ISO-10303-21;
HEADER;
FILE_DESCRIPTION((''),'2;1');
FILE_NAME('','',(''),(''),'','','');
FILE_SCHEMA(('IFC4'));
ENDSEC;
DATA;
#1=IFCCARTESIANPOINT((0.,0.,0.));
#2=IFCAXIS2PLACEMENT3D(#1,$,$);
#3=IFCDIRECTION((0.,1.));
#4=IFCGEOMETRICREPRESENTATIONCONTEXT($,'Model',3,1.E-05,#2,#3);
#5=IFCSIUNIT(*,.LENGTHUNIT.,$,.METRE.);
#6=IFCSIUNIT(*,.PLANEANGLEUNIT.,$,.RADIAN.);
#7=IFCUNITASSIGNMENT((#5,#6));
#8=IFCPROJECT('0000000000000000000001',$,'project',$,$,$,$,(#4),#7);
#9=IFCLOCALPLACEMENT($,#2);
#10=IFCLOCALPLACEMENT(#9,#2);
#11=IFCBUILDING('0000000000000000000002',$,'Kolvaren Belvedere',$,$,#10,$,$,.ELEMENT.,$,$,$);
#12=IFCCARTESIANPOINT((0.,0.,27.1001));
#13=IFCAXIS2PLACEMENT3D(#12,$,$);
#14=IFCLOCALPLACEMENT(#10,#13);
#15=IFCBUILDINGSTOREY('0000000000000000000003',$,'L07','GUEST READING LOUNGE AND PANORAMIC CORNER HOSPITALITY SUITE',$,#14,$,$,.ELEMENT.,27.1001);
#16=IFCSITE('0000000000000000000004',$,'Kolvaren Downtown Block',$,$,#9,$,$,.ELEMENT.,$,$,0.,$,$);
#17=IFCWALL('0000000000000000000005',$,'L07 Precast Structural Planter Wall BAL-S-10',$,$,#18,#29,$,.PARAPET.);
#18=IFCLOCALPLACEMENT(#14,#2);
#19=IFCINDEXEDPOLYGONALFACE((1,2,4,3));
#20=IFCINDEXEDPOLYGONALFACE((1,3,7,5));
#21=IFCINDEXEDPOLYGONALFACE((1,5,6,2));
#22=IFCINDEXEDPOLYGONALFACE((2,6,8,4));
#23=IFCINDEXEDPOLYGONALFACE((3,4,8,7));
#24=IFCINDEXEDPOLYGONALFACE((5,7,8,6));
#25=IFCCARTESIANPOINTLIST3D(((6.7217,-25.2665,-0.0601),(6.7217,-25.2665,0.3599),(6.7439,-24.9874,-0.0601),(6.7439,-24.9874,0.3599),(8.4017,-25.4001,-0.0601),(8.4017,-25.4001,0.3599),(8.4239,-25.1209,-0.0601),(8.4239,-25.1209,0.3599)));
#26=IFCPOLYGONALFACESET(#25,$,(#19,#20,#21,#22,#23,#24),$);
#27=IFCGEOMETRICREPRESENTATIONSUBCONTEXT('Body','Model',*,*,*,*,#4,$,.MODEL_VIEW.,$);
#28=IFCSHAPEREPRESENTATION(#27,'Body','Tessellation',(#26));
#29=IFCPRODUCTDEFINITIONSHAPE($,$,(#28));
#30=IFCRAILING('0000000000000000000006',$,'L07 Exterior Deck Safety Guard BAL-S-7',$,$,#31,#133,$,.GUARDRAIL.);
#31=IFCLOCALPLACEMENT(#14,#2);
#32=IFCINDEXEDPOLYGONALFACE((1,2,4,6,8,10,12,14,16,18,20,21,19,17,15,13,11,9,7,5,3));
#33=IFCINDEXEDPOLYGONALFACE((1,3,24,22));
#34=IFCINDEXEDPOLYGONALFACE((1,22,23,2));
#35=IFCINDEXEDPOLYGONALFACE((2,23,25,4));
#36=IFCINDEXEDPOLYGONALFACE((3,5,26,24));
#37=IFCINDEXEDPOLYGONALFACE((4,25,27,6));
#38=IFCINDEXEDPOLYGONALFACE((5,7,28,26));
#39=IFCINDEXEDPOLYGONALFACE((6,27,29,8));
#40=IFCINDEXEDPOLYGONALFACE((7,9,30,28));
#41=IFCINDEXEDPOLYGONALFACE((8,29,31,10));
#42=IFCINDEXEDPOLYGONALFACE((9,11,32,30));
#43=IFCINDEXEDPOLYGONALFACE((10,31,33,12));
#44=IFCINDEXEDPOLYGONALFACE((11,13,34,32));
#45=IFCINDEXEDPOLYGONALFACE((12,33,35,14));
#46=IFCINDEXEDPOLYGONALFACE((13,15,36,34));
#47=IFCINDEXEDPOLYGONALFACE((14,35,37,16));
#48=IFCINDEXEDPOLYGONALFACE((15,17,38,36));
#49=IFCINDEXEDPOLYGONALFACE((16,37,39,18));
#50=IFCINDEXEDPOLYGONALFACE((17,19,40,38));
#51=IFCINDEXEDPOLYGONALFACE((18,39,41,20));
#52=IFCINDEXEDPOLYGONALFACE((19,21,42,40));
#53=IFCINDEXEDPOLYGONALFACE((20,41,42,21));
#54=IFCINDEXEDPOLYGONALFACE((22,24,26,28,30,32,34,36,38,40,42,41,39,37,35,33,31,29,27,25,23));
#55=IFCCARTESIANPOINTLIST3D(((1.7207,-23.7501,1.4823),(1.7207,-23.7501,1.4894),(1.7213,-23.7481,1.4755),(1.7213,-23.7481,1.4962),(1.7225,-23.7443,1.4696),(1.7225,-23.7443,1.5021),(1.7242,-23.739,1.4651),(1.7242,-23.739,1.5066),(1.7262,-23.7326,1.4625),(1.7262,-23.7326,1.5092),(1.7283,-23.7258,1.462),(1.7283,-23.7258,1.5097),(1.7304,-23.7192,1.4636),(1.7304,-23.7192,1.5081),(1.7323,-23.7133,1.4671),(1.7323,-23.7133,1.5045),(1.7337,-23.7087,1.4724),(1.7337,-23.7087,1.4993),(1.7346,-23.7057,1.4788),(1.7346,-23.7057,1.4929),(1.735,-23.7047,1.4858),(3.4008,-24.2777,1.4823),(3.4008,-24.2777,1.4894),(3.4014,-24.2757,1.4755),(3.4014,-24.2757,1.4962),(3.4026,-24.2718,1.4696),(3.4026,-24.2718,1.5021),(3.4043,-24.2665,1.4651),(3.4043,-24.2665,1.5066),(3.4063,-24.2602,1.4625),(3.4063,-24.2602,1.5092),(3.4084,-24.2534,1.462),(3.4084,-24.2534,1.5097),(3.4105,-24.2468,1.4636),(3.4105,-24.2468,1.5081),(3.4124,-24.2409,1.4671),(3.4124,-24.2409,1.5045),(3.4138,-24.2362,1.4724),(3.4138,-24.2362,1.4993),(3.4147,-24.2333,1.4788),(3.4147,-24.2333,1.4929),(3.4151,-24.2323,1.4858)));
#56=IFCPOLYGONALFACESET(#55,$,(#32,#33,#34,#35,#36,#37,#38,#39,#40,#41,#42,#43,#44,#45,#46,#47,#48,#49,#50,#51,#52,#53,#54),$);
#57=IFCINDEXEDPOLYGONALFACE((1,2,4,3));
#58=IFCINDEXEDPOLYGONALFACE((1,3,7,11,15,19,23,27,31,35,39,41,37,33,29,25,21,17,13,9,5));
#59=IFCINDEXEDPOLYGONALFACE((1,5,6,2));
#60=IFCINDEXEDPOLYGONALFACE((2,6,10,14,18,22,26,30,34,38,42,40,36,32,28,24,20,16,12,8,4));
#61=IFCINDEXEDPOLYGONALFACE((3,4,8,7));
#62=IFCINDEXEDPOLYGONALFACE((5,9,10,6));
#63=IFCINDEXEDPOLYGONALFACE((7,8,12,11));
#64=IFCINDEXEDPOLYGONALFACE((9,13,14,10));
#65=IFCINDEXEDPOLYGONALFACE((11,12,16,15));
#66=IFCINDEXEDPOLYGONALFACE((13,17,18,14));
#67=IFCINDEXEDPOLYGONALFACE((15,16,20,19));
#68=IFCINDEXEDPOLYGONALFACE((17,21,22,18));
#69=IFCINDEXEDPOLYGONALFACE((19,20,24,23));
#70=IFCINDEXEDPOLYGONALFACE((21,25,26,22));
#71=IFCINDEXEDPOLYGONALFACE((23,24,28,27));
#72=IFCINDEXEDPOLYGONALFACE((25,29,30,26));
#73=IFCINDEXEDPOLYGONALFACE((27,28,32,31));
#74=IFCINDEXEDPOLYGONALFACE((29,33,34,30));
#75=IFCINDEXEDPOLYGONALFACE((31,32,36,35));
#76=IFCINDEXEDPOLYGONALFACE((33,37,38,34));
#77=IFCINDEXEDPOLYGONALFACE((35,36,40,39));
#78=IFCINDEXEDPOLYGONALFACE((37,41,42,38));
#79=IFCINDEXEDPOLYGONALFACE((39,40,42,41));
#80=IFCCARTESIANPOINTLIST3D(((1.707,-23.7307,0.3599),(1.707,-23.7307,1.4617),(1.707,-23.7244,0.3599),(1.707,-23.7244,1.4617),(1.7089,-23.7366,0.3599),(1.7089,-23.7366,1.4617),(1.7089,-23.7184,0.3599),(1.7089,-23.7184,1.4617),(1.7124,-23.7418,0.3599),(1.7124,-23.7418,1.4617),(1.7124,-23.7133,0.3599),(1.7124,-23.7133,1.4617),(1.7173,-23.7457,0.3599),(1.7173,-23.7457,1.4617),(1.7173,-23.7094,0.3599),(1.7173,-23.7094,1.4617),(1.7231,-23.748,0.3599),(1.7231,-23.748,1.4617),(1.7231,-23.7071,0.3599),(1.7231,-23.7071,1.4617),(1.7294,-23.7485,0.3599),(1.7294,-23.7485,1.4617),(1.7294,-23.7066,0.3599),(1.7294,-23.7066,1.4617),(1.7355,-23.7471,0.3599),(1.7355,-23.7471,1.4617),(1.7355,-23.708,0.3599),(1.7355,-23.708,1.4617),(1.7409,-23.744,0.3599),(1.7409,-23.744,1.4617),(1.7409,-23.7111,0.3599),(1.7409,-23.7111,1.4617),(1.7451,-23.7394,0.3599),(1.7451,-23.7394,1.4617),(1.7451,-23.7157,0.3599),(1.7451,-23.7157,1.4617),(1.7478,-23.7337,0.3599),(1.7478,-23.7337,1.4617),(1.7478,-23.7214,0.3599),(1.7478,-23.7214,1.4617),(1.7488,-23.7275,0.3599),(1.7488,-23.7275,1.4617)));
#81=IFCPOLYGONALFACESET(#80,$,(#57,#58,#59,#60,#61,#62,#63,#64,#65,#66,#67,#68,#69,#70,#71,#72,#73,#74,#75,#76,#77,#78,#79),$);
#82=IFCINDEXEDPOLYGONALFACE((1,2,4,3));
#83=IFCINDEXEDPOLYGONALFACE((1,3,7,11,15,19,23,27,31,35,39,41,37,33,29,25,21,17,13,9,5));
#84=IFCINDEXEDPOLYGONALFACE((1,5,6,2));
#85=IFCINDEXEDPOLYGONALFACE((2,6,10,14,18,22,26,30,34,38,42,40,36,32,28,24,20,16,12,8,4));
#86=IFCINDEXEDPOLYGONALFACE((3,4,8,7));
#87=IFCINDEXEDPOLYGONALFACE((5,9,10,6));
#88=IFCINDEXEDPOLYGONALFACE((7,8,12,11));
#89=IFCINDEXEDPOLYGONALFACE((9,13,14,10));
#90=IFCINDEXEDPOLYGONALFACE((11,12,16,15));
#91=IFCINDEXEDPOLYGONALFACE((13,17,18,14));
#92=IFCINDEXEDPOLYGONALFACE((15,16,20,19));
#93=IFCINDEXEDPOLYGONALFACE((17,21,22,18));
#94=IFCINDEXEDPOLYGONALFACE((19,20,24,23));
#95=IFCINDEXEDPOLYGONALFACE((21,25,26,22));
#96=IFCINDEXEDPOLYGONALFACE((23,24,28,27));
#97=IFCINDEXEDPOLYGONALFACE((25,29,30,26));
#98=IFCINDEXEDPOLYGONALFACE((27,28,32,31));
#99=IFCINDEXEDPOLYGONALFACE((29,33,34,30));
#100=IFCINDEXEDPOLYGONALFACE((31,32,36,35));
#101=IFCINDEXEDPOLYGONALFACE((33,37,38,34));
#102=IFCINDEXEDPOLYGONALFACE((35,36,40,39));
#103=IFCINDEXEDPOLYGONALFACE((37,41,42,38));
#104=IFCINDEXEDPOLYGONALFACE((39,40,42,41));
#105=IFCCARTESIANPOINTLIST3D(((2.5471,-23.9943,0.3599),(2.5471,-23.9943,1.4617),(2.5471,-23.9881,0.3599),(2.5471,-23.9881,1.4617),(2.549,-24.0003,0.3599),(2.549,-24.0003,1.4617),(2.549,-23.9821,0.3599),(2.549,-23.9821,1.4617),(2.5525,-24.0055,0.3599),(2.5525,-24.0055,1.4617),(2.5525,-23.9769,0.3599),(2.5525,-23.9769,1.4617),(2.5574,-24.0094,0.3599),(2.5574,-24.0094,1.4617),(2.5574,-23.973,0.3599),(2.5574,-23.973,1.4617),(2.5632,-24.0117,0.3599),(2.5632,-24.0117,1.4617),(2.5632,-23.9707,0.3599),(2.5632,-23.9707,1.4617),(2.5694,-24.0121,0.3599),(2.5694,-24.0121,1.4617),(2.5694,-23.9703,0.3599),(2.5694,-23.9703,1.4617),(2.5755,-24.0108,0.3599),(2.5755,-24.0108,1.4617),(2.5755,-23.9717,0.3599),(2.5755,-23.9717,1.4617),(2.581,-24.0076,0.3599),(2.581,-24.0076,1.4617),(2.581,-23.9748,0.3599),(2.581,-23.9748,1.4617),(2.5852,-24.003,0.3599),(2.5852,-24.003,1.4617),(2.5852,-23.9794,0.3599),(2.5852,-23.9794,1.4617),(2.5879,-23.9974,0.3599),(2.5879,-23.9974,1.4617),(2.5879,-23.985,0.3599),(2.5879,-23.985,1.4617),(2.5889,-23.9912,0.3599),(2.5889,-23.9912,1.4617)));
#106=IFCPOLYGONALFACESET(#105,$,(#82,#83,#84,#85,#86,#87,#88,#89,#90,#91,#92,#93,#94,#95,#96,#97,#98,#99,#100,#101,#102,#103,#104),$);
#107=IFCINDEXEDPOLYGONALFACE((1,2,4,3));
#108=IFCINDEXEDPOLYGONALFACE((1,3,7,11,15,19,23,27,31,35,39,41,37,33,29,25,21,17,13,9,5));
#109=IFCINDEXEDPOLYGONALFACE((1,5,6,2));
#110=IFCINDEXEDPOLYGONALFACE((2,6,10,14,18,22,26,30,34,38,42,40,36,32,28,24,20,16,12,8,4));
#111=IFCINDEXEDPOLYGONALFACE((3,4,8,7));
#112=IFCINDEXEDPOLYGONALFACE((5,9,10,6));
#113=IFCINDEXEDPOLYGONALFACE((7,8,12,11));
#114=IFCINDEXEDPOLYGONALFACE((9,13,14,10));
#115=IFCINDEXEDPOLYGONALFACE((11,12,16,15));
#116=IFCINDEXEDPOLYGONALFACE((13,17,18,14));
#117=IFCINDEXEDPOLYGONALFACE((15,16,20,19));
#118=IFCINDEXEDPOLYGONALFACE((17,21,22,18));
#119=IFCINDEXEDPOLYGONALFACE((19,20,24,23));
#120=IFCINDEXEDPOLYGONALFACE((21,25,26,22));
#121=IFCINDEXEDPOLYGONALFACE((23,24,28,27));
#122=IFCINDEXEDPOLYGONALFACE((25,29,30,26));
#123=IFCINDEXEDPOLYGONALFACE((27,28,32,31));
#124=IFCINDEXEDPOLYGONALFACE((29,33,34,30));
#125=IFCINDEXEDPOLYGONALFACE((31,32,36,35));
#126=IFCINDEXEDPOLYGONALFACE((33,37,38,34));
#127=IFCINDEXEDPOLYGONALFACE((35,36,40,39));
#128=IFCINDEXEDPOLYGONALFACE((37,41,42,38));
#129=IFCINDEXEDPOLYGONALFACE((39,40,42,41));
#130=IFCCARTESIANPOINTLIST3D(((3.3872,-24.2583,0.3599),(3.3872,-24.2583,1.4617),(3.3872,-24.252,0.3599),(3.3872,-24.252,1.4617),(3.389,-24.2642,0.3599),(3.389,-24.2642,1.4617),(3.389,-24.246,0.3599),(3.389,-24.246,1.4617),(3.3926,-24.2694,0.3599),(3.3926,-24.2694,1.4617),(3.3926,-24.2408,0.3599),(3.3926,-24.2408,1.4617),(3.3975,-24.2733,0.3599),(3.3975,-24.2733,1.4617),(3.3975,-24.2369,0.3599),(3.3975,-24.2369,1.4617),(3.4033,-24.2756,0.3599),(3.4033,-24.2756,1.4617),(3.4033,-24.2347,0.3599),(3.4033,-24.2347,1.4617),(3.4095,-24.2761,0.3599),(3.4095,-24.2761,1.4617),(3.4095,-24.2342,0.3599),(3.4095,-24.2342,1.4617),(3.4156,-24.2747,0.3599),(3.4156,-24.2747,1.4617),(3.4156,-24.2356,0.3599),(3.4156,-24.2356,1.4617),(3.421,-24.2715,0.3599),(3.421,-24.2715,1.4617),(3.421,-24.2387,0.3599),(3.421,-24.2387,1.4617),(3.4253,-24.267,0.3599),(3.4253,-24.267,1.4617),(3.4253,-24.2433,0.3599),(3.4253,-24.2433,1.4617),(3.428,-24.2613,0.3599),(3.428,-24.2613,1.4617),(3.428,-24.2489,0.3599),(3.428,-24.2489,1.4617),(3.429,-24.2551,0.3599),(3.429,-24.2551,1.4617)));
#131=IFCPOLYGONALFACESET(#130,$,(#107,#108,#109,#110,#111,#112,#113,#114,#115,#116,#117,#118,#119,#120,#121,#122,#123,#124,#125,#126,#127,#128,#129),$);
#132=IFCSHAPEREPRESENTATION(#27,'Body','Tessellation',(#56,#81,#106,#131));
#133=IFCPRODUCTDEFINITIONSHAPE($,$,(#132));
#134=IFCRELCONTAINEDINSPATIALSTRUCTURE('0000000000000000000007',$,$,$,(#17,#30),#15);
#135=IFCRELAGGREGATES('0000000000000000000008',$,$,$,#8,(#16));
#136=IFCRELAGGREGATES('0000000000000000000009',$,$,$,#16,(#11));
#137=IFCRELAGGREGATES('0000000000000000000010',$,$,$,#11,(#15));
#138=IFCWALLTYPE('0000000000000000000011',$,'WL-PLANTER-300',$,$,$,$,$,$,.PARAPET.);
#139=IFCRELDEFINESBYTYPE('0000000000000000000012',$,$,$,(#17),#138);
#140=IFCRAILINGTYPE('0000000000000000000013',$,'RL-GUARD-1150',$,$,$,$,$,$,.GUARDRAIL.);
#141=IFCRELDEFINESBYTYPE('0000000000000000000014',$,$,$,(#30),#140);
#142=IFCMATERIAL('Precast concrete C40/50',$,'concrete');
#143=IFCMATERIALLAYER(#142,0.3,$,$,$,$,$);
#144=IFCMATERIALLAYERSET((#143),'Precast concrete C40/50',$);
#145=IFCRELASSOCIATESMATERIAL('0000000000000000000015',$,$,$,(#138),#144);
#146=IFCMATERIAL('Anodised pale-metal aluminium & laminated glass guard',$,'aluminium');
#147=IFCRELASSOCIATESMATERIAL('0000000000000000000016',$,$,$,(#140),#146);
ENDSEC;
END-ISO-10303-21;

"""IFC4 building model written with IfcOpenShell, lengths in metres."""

from ifc_helpers import new_model, si_unit, direction, frame, frame_2d, origin, origin_2d, place, context, subcontext, project, spatial, rectangle, circle, extrude, material, layer, layer_set, type_object, element, save


model = new_model("IFC4")

# Units and contexts
model_context = context("Model", 3, precision=1e-05, world=origin(), true_north=direction((0.0, 1.0)))
body_context = subcontext(model_context, "Body", "Model", "MODEL_VIEW")
ifc_project = project(units=[si_unit("LENGTHUNIT", "METRE"), si_unit("PLANEANGLEUNIT", "RADIAN")], contexts=[model_context])

# Site, building, storey
site_placement = place(None, origin())
site = spatial("IfcSite", under=ifc_project, at=site_placement, Name="Kolvaren Downtown Block", CompositionType="ELEMENT", RefElevation=0.0)
building_placement = place(site_placement, origin())
building = spatial("IfcBuilding", under=site, at=building_placement, Name="Kolvaren Belvedere", CompositionType="ELEMENT")
storey_placement = place(building_placement, frame((0.0, 0.0, 27.1001)))
storey = spatial("IfcBuildingStorey", under=building, at=storey_placement, Name="L07", Description="GUEST READING LOUNGE AND PANORAMIC CORNER HOSPITALITY SUITE", CompositionType="ELEMENT", Elevation=27.1001)

# Wall
ifc_material_1 = material(Name="Precast concrete C40/50", Category="concrete")
ifc_layer_1 = layer(ifc_material_1, 0.3)
ifc_layer_set_1 = layer_set([ifc_layer_1], Name="Precast concrete C40/50")
wall_type_1 = type_object("IfcWallType", Name="WL-PLANTER-300", PredefinedType="PARAPET", material=ifc_layer_set_1)
wall_1_placement = place(storey_placement, frame((6.7327, -25.127, -0.0601), z_axis=(0.0, 0.0, 1.0), x_axis=(0.996855, -0.079244, 0.0)))
element("IfcWall", 1, at=wall_1_placement, inside=storey, type_object=wall_type_1, Name="L07 Precast Structural Planter Wall BAL-S-10", PredefinedType="PARAPET", context=body_context, shape_type="SweptSolid", body=[
    extrude(rectangle(XDim=1.6853, YDim=0.28, at=frame_2d((0.8428, 0.0))), origin(), (0.0, 0.0, 1.0), 0.4199),
])

# Railing
ifc_material_2 = material(Name="Anodised pale-metal aluminium & laminated glass guard", Category="aluminium")
railing_type = type_object("IfcRailingType", Name="RL-GUARD-1150", PredefinedType="GUARDRAIL", material=ifc_material_2)
railing_1_placement = place(storey_placement, frame((1.7278, -23.7275, 0.3599)))
element("IfcRailing", 2, at=railing_1_placement, inside=storey, type_object=railing_type, Name="L07 Exterior Deck Safety Guard BAL-S-7", PredefinedType="GUARDRAIL", context=body_context, shape_type="SweptSolid", body=[
    extrude(circle(Radius=0.0239, at=origin_2d()), frame((0.0, 0.0, 1.126), z_axis=(0.95407, -0.299585, 0.0), x_axis=(0.299585, 0.95407, 0.0)), (0.0, 0.0, 1.0), 1.761),
    extrude(circle(Radius=0.021, at=origin_2d()), origin(), (0.0, 0.0, 1.0), 1.1018),
    extrude(circle(Radius=0.021, at=origin_2d()), frame((0.8401, -0.2637, 0.0)), (0.0, 0.0, 1.0), 1.1018),
    extrude(circle(Radius=0.021, at=origin_2d()), frame((1.6802, -0.5276, 0.0)), (0.0, 0.0, 1.0), 1.1018),
])

save(model, "model.ifc")
